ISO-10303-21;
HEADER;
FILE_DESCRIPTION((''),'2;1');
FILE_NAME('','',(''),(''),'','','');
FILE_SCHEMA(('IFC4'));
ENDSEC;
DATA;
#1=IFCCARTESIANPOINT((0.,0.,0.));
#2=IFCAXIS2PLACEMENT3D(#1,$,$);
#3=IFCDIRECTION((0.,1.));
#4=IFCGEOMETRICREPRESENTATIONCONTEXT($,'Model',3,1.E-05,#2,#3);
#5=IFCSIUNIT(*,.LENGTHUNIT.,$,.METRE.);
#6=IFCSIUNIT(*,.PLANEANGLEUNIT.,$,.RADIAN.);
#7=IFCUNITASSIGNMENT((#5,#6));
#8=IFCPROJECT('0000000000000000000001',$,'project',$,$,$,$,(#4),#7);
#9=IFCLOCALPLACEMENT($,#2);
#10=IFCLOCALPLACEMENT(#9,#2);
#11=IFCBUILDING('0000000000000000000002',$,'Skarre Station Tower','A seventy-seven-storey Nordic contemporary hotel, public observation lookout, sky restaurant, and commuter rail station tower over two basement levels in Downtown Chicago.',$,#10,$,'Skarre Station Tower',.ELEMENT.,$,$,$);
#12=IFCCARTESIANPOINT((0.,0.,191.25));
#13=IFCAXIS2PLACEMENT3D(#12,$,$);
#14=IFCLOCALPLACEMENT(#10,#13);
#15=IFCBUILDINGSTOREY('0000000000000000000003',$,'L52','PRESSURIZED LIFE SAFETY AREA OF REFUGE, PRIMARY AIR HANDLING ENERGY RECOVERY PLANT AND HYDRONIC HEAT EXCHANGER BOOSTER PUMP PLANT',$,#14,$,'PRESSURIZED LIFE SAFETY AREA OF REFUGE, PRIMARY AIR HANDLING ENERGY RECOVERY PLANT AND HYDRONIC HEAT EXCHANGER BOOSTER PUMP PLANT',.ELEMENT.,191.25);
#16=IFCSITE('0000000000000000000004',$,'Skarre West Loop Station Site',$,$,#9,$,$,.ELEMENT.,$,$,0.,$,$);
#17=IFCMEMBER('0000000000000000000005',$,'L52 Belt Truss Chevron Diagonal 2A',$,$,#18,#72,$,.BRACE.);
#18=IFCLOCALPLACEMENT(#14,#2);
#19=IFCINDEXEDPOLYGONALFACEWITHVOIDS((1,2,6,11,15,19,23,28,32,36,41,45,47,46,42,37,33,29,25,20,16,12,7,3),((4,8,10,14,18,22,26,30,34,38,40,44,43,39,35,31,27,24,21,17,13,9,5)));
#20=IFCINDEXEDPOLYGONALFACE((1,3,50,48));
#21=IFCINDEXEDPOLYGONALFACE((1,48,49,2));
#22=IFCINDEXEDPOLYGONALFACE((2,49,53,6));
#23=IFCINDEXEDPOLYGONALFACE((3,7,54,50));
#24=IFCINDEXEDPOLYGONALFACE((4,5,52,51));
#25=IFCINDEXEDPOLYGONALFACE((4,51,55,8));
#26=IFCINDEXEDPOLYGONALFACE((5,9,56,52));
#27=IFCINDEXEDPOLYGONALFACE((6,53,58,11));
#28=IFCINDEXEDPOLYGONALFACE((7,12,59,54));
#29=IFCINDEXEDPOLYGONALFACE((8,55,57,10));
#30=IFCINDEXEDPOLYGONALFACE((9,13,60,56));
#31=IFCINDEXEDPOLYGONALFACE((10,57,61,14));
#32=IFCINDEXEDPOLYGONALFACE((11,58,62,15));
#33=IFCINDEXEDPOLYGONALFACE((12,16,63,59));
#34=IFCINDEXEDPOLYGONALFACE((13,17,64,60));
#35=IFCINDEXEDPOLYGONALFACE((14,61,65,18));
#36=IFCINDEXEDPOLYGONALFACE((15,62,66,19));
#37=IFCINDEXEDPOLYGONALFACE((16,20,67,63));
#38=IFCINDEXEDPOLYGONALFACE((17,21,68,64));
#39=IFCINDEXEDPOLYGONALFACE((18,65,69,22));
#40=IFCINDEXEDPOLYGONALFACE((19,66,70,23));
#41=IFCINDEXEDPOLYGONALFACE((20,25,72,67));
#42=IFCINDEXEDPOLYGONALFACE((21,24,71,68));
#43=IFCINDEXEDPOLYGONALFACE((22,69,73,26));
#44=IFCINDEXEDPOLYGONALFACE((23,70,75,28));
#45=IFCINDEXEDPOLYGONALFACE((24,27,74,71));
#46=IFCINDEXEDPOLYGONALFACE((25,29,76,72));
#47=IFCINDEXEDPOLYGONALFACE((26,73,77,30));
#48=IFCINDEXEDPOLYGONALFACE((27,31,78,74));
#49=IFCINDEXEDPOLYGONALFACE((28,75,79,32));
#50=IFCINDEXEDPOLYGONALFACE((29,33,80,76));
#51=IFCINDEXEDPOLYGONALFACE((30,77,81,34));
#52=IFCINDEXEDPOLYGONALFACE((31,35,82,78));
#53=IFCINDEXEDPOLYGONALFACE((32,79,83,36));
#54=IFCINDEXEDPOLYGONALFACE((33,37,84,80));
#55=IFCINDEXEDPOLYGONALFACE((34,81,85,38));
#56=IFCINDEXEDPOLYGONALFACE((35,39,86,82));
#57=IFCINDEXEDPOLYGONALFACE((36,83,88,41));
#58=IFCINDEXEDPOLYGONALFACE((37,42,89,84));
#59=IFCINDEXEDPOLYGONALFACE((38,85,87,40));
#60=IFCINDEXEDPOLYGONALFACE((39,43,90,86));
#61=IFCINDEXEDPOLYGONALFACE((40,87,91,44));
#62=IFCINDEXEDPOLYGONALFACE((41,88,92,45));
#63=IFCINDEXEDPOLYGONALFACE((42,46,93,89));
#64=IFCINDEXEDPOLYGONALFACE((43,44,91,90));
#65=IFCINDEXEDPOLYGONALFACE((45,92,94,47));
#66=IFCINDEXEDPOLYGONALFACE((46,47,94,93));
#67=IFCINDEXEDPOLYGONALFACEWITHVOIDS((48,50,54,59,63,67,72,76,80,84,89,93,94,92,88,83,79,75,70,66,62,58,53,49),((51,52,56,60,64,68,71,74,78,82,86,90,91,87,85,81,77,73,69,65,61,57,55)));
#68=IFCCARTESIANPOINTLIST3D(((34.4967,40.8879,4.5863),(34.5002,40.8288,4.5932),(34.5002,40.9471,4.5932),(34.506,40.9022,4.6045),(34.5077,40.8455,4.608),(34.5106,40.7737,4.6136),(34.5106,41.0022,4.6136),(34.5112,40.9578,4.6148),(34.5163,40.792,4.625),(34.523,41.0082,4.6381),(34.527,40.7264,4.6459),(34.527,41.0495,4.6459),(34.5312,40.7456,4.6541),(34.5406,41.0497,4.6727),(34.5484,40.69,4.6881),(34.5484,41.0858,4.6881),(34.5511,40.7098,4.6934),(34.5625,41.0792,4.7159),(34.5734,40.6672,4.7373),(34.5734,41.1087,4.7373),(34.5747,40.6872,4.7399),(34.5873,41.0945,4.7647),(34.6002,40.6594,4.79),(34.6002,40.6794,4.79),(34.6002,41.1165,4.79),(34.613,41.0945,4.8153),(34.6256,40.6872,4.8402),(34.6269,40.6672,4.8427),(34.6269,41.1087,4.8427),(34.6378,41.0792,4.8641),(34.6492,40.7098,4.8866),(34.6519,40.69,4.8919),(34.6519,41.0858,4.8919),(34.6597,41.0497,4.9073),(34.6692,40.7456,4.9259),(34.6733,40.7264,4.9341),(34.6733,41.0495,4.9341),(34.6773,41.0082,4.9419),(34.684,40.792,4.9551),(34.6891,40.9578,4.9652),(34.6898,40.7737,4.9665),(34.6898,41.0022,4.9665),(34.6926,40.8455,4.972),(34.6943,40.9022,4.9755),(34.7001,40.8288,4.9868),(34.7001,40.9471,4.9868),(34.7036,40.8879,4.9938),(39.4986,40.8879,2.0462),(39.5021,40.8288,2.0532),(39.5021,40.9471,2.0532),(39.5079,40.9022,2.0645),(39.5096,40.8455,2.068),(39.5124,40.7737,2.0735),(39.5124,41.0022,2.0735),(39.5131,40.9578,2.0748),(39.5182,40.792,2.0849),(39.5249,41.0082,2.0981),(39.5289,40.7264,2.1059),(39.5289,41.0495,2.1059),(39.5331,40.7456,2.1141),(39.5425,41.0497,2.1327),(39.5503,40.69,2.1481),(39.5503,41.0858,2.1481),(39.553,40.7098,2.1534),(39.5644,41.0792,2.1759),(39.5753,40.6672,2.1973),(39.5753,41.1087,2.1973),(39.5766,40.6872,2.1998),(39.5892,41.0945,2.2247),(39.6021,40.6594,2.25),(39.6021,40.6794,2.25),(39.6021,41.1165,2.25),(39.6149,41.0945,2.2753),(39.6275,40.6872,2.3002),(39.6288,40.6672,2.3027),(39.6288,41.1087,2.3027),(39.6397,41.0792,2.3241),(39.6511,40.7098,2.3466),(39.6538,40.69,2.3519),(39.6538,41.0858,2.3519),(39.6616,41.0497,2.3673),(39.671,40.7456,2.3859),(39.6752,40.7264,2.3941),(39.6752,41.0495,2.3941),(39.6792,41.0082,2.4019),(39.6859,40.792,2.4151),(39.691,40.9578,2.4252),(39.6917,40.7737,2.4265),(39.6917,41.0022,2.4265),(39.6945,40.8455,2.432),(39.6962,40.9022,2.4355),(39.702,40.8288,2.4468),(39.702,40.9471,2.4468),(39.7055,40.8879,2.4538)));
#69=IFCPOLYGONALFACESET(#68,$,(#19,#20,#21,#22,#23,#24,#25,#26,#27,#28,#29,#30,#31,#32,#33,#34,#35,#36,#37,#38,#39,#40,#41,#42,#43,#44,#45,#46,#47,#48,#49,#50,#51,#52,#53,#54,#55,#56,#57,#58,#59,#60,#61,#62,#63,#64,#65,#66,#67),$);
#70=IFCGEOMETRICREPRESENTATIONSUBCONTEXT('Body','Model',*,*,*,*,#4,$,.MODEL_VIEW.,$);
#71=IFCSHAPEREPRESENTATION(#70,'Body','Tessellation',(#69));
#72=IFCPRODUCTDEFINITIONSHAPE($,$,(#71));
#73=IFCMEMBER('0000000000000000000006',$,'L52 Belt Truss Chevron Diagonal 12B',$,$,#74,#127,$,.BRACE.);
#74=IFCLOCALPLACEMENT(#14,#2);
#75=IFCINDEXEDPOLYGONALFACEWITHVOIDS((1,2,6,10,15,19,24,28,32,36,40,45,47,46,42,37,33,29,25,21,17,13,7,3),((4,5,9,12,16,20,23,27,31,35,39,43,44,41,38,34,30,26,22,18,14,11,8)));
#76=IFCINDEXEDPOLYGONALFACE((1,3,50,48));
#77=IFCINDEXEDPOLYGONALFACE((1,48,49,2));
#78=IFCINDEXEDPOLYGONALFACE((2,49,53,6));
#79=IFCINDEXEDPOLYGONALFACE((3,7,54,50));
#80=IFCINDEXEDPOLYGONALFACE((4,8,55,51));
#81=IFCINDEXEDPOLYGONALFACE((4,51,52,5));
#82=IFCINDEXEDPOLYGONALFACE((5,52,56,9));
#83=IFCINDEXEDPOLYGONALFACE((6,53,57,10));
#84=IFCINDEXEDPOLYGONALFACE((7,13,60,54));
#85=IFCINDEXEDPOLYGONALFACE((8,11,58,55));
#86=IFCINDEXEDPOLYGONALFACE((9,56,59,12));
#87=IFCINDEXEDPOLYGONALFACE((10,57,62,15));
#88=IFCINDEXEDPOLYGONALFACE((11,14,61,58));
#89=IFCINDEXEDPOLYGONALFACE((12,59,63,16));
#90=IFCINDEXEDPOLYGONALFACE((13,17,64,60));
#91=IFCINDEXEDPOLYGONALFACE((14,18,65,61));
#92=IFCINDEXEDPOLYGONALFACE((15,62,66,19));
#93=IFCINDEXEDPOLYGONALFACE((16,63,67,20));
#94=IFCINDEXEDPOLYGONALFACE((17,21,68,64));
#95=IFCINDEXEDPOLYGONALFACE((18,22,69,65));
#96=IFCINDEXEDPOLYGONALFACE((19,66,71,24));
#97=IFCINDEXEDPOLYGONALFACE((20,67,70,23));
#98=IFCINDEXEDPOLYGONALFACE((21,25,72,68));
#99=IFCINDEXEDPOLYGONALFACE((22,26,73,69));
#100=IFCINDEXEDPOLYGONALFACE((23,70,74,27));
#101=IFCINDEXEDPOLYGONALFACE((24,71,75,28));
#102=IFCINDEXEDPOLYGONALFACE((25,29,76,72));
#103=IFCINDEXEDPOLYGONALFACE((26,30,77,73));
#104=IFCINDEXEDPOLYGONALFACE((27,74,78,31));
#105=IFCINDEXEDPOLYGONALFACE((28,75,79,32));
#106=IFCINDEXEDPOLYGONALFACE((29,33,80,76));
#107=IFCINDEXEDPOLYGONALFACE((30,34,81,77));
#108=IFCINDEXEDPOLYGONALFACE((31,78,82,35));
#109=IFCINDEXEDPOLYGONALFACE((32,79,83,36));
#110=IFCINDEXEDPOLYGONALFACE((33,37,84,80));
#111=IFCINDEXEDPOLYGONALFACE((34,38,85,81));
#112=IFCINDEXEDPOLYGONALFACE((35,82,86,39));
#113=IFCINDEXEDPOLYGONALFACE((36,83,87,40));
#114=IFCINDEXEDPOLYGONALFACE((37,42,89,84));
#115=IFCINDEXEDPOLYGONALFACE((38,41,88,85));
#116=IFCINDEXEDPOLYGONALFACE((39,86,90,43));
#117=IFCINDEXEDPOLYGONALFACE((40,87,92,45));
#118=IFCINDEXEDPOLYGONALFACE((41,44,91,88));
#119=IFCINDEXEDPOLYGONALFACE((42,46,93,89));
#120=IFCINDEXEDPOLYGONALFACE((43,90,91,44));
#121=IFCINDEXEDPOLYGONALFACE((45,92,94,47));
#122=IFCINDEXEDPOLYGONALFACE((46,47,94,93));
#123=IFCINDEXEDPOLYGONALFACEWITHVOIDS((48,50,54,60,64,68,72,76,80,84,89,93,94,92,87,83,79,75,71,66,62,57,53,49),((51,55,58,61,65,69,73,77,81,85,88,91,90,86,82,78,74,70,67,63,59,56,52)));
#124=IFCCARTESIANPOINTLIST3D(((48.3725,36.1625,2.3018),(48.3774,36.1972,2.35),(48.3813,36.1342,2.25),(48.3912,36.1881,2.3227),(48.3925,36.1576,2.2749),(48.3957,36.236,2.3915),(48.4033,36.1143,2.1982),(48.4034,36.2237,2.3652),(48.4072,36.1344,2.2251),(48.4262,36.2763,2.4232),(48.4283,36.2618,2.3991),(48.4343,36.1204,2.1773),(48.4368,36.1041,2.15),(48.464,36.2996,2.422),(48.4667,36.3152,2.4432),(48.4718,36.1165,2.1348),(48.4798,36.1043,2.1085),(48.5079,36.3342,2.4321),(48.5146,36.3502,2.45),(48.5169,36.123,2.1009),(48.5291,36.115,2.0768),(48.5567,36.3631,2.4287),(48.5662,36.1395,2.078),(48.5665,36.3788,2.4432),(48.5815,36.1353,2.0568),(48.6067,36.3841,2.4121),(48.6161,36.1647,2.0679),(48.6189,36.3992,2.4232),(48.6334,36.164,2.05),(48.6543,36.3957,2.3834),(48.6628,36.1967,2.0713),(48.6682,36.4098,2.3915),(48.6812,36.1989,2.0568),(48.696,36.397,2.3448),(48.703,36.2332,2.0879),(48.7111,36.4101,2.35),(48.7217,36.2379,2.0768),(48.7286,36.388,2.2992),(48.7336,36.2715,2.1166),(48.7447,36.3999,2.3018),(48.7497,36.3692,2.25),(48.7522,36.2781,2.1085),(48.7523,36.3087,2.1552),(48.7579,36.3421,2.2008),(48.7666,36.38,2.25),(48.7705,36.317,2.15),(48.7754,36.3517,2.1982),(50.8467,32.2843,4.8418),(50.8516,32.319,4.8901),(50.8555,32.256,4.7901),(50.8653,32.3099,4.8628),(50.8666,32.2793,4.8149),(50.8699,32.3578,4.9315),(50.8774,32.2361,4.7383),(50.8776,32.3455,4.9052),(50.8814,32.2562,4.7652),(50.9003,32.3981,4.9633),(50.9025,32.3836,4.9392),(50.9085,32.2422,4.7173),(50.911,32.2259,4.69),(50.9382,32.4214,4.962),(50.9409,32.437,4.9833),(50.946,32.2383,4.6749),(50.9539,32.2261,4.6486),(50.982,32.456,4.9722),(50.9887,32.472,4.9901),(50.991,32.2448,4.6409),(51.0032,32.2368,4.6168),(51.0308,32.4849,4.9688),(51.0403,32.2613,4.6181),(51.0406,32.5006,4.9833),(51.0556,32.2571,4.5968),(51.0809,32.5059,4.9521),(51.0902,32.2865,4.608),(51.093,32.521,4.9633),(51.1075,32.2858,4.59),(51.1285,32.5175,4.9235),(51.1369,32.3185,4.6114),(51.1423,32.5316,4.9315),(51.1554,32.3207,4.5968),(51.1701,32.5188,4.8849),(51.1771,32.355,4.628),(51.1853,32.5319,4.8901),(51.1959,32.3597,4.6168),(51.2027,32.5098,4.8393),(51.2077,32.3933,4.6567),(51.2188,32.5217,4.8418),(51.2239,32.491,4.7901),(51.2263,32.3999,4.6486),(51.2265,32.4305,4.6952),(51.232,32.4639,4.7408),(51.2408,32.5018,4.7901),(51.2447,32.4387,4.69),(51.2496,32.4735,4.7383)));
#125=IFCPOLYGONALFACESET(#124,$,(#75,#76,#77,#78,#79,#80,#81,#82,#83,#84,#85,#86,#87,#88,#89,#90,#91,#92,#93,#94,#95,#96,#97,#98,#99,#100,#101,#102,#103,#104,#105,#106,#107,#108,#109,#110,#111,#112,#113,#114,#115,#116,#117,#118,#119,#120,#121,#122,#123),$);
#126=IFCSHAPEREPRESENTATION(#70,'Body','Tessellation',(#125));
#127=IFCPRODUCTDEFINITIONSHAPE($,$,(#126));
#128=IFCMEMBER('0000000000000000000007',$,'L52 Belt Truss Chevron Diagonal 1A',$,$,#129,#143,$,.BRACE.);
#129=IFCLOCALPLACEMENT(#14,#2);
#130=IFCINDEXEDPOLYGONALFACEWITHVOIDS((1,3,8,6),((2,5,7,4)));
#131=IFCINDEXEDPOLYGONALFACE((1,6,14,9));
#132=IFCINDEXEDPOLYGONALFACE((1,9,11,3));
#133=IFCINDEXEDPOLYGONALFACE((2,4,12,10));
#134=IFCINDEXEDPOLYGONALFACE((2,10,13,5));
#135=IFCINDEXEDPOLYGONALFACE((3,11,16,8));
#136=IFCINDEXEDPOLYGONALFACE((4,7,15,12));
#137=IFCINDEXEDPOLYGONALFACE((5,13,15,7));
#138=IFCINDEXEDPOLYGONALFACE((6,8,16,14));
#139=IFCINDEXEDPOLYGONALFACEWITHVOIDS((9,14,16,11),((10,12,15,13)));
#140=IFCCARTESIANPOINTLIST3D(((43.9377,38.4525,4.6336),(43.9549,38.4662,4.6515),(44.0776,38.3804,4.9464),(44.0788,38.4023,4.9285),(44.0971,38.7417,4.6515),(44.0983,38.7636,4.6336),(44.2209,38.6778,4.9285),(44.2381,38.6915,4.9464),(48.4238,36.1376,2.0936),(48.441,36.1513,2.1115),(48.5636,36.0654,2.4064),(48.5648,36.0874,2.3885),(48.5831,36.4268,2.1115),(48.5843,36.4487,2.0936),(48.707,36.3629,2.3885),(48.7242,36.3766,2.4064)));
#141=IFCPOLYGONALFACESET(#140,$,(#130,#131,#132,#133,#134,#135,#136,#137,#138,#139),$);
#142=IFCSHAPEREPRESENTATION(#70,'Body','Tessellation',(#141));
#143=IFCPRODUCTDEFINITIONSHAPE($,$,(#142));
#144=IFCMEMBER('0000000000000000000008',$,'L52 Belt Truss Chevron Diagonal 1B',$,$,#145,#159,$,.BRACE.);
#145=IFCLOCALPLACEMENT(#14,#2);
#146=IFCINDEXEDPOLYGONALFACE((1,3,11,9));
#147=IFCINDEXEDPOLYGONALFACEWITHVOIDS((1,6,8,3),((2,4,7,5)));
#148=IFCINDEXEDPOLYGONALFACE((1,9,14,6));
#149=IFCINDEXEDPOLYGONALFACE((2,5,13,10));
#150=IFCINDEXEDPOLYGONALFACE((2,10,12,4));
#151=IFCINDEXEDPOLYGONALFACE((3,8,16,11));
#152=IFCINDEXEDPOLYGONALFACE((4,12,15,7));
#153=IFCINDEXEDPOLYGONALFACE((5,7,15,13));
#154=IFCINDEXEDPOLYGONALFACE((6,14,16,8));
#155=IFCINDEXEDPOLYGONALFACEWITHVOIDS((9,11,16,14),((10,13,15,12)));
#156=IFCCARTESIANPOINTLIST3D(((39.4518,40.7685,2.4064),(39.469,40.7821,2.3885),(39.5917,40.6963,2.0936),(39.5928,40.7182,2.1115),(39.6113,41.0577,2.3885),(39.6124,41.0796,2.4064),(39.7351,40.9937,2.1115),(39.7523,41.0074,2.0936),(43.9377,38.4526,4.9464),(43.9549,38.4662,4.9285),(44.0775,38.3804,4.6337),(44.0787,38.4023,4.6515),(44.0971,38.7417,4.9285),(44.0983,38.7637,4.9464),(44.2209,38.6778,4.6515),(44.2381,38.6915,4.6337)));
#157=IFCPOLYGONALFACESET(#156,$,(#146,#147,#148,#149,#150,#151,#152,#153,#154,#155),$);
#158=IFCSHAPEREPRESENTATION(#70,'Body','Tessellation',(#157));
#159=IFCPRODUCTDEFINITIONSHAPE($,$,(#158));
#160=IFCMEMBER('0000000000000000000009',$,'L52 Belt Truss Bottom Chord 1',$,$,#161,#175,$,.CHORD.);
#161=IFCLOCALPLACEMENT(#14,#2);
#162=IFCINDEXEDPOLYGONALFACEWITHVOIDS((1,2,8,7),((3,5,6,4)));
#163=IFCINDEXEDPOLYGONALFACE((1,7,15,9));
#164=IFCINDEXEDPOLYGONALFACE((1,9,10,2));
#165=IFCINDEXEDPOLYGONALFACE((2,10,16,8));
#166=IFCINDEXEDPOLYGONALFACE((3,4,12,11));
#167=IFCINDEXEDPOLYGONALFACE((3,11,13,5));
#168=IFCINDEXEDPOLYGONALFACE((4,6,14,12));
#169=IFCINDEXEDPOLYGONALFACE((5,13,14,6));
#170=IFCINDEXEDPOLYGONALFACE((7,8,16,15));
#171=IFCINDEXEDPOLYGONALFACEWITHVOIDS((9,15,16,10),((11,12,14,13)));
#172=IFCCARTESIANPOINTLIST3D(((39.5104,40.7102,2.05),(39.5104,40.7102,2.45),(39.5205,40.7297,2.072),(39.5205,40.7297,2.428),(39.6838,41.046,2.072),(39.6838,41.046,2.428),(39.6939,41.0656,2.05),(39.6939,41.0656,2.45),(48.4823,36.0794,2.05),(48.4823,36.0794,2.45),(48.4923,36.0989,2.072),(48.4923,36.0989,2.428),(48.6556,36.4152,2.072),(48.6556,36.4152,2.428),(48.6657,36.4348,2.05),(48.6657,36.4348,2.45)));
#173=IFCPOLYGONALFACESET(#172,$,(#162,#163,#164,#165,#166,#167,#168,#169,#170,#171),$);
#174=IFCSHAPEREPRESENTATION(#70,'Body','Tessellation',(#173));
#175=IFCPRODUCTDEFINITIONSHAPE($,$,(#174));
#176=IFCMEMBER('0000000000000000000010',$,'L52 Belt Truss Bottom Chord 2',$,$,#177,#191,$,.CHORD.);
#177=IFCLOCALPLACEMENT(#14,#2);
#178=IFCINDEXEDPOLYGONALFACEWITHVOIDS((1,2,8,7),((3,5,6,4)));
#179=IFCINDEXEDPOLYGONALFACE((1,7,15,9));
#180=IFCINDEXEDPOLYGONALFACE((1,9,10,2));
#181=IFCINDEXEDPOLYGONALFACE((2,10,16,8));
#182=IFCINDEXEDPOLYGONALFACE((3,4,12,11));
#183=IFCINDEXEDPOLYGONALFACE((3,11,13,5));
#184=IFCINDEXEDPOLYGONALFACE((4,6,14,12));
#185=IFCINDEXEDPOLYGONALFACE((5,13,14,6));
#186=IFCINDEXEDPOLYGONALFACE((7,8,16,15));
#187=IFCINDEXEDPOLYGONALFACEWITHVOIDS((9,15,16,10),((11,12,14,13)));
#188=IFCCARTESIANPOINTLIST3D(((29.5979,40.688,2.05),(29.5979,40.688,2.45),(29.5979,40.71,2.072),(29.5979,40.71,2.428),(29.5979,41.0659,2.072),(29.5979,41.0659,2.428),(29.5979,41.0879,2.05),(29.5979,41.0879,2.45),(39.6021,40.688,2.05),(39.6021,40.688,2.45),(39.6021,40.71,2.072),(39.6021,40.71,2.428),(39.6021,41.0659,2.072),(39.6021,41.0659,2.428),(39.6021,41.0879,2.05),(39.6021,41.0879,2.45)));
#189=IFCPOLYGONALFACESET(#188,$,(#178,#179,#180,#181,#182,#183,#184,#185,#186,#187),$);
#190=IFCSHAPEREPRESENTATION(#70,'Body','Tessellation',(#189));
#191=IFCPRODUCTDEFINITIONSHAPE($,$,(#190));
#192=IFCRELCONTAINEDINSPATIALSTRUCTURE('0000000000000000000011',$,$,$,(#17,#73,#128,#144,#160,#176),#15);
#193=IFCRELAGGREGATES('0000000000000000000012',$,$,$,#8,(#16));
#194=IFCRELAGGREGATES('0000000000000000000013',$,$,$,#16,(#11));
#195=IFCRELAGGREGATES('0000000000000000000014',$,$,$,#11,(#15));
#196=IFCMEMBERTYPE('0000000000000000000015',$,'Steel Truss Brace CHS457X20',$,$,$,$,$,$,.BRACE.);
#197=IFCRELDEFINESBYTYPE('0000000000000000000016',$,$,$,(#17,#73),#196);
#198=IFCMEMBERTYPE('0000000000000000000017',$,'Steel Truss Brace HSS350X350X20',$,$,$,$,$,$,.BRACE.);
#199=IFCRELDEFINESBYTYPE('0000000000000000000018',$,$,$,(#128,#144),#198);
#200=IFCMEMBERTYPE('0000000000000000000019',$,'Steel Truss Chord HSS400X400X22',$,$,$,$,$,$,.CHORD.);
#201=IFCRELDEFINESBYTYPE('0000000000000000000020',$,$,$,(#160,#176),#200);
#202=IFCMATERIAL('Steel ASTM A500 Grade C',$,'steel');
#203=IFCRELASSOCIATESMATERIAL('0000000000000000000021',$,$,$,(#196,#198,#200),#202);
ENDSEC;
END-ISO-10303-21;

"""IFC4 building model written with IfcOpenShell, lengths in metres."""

from ifc_helpers import new_model, si_unit, direction, frame, origin, origin_2d, place, context, subcontext, project, spatial, hollow_rectangle, hollow_circle, extrude, material, material_profile, profile_set, type_object, element, save


model = new_model("IFC4")

# Units and contexts
model_context = context("Model", 3, precision=1e-05, world=origin(), true_north=direction((0.0, 1.0)))
body_context = subcontext(model_context, "Body", "Model", "MODEL_VIEW")
ifc_project = project(units=[si_unit("LENGTHUNIT", "METRE"), si_unit("PLANEANGLEUNIT", "RADIAN")], contexts=[model_context])

# Site, building, storey
site_placement = place(None, origin())
site = spatial("IfcSite", under=ifc_project, at=site_placement, Name="Skarre West Loop Station Site", CompositionType="ELEMENT", RefElevation=0.0)
building_placement = place(site_placement, origin())
building = spatial("IfcBuilding", under=site, at=building_placement, Name="Skarre Station Tower", Description="A seventy-seven-storey Nordic contemporary hotel, public observation lookout, sky restaurant, and commuter rail station tower over two basement levels in Downtown Chicago.", LongName="Skarre Station Tower", CompositionType="ELEMENT")
storey_placement = place(building_placement, frame((0.0, 0.0, 191.25)))
storey = spatial("IfcBuildingStorey", under=building, at=storey_placement, Name="L52", Description="PRESSURIZED LIFE SAFETY AREA OF REFUGE, PRIMARY AIR HANDLING ENERGY RECOVERY PLANT AND HYDRONIC HEAT EXCHANGER BOOSTER PUMP PLANT", LongName="PRESSURIZED LIFE SAFETY AREA OF REFUGE, PRIMARY AIR HANDLING ENERGY RECOVERY PLANT AND HYDRONIC HEAT EXCHANGER BOOSTER PUMP PLANT", CompositionType="ELEMENT", Elevation=191.25)

# Members
ifc_material_1 = material(Name="Steel ASTM A500 Grade C", Category="steel")
ifc_material_profile_1 = material_profile(ifc_material_1, hollow_circle(Radius=0.2285, WallThickness=0.02, at=origin_2d()), Name="Steel ASTM A500 Grade C")
ifc_profile_set_1 = profile_set([ifc_material_profile_1], Name="Steel ASTM A500 Grade C")
member_type_1 = type_object("IfcMemberType", Name="Steel Truss Brace CHS457X20", PredefinedType="BRACE", material=ifc_profile_set_1)
member_1_placement = place(storey_placement, frame((39.6021, 40.8879, 2.25), z_axis=(-0.891625, 0.0, 0.452775), x_axis=(0.0, -1.0, 0.0)))
element("IfcMember", 1, at=member_1_placement, inside=storey, type_object=member_type_1, Name="L52 Belt Truss Chevron Diagonal 2A", PredefinedType="BRACE", context=body_context, shape_type="SweptSolid", body=[
    extrude(hollow_circle(Radius=0.2285, WallThickness=0.02, at=origin_2d()), origin(), (0.0, 0.0, 1.0), 5.6099),
])
member_2_placement = place(storey_placement, frame((48.574, 36.2571, 2.25), z_axis=(0.470827, -0.73802, 0.483372), x_axis=(0.843051, 0.537833, 0.0)))
element("IfcMember", 2, at=member_2_placement, inside=storey, type_object=member_type_1, Name="L52 Belt Truss Chevron Diagonal 12B", PredefinedType="BRACE", context=body_context, shape_type="SweptSolid", body=[
    extrude(hollow_circle(Radius=0.2285, WallThickness=0.02, at=origin_2d()), origin(), (0.0, 0.0, 1.0), 5.2549),
])
ifc_material_profile_2 = material_profile(ifc_material_1, hollow_rectangle(XDim=0.3501, YDim=0.3501, WallThickness=0.02, at=origin_2d()), Name="Steel ASTM A500 Grade C")
ifc_profile_set_2 = profile_set([ifc_material_profile_2], Name="Steel ASTM A500 Grade C")
member_type_2 = type_object("IfcMemberType", Name="Steel Truss Brace HSS350X350X20", PredefinedType="BRACE", material=ifc_profile_set_2)
member_3_placement = place(storey_placement, frame((48.574, 36.2571, 2.25), z_axis=(-0.793833, 0.409639, 0.449472), x_axis=(-0.458571, -0.888658, 0.0)))
element("IfcMember", 3, at=member_3_placement, inside=storey, type_object=member_type_2, Name="L52 Belt Truss Chevron Diagonal 1A", PredefinedType="BRACE", context=body_context, shape_type="SweptSolid", body=[
    extrude(hollow_rectangle(XDim=0.3501, YDim=0.3501, WallThickness=0.02, at=origin_2d()), origin(), (0.0, 0.0, 1.0), 5.6511),
])
member_4_placement = place(storey_placement, frame((39.6021, 40.8879, 2.25), z_axis=(0.793761, -0.409797, 0.449455), x_axis=(0.458744, 0.888569, 0.0)))
element("IfcMember", 4, at=member_4_placement, inside=storey, type_object=member_type_2, Name="L52 Belt Truss Chevron Diagonal 1B", PredefinedType="BRACE", context=body_context, shape_type="SweptSolid", body=[
    extrude(hollow_rectangle(XDim=0.3501, YDim=0.3501, WallThickness=0.02, at=origin_2d()), origin(), (0.0, 0.0, 1.0), 5.6514),
])
ifc_material_profile_3 = material_profile(ifc_material_1, hollow_rectangle(XDim=0.3999, YDim=0.3999, WallThickness=0.022, at=origin_2d()), Name="Steel ASTM A500 Grade C")
ifc_profile_set_3 = profile_set([ifc_material_profile_3], Name="Steel ASTM A500 Grade C")
member_type_3 = type_object("IfcMemberType", Name="Steel Truss Chord HSS400X400X22", PredefinedType="CHORD", material=ifc_profile_set_3)
member_5_placement = place(storey_placement, frame((48.574, 36.2571, 2.25), z_axis=(-0.888613, 0.458658, 0.0), x_axis=(-0.458658, -0.888613, 0.0)))
element("IfcMember", 5, at=member_5_placement, inside=storey, type_object=member_type_3, Name="L52 Belt Truss Bottom Chord 1", PredefinedType="CHORD", context=body_context, shape_type="SweptSolid", body=[
    extrude(hollow_rectangle(XDim=0.3999, YDim=0.3999, WallThickness=0.022, at=origin_2d()), origin(), (0.0, 0.0, 1.0), 10.0964),
])
member_6_placement = place(storey_placement, frame((39.6021, 40.8879, 2.25), z_axis=(-1.0, 0.0, 0.0), x_axis=(0.0, -1.0, 0.0)))
element("IfcMember", 6, at=member_6_placement, inside=storey, type_object=member_type_3, Name="L52 Belt Truss Bottom Chord 2", PredefinedType="CHORD", context=body_context, shape_type="SweptSolid", body=[
    extrude(hollow_rectangle(XDim=0.3999, YDim=0.3999, WallThickness=0.022, at=origin_2d()), origin(), (0.0, 0.0, 1.0), 10.0042),
])

save(model, "model.ifc")
